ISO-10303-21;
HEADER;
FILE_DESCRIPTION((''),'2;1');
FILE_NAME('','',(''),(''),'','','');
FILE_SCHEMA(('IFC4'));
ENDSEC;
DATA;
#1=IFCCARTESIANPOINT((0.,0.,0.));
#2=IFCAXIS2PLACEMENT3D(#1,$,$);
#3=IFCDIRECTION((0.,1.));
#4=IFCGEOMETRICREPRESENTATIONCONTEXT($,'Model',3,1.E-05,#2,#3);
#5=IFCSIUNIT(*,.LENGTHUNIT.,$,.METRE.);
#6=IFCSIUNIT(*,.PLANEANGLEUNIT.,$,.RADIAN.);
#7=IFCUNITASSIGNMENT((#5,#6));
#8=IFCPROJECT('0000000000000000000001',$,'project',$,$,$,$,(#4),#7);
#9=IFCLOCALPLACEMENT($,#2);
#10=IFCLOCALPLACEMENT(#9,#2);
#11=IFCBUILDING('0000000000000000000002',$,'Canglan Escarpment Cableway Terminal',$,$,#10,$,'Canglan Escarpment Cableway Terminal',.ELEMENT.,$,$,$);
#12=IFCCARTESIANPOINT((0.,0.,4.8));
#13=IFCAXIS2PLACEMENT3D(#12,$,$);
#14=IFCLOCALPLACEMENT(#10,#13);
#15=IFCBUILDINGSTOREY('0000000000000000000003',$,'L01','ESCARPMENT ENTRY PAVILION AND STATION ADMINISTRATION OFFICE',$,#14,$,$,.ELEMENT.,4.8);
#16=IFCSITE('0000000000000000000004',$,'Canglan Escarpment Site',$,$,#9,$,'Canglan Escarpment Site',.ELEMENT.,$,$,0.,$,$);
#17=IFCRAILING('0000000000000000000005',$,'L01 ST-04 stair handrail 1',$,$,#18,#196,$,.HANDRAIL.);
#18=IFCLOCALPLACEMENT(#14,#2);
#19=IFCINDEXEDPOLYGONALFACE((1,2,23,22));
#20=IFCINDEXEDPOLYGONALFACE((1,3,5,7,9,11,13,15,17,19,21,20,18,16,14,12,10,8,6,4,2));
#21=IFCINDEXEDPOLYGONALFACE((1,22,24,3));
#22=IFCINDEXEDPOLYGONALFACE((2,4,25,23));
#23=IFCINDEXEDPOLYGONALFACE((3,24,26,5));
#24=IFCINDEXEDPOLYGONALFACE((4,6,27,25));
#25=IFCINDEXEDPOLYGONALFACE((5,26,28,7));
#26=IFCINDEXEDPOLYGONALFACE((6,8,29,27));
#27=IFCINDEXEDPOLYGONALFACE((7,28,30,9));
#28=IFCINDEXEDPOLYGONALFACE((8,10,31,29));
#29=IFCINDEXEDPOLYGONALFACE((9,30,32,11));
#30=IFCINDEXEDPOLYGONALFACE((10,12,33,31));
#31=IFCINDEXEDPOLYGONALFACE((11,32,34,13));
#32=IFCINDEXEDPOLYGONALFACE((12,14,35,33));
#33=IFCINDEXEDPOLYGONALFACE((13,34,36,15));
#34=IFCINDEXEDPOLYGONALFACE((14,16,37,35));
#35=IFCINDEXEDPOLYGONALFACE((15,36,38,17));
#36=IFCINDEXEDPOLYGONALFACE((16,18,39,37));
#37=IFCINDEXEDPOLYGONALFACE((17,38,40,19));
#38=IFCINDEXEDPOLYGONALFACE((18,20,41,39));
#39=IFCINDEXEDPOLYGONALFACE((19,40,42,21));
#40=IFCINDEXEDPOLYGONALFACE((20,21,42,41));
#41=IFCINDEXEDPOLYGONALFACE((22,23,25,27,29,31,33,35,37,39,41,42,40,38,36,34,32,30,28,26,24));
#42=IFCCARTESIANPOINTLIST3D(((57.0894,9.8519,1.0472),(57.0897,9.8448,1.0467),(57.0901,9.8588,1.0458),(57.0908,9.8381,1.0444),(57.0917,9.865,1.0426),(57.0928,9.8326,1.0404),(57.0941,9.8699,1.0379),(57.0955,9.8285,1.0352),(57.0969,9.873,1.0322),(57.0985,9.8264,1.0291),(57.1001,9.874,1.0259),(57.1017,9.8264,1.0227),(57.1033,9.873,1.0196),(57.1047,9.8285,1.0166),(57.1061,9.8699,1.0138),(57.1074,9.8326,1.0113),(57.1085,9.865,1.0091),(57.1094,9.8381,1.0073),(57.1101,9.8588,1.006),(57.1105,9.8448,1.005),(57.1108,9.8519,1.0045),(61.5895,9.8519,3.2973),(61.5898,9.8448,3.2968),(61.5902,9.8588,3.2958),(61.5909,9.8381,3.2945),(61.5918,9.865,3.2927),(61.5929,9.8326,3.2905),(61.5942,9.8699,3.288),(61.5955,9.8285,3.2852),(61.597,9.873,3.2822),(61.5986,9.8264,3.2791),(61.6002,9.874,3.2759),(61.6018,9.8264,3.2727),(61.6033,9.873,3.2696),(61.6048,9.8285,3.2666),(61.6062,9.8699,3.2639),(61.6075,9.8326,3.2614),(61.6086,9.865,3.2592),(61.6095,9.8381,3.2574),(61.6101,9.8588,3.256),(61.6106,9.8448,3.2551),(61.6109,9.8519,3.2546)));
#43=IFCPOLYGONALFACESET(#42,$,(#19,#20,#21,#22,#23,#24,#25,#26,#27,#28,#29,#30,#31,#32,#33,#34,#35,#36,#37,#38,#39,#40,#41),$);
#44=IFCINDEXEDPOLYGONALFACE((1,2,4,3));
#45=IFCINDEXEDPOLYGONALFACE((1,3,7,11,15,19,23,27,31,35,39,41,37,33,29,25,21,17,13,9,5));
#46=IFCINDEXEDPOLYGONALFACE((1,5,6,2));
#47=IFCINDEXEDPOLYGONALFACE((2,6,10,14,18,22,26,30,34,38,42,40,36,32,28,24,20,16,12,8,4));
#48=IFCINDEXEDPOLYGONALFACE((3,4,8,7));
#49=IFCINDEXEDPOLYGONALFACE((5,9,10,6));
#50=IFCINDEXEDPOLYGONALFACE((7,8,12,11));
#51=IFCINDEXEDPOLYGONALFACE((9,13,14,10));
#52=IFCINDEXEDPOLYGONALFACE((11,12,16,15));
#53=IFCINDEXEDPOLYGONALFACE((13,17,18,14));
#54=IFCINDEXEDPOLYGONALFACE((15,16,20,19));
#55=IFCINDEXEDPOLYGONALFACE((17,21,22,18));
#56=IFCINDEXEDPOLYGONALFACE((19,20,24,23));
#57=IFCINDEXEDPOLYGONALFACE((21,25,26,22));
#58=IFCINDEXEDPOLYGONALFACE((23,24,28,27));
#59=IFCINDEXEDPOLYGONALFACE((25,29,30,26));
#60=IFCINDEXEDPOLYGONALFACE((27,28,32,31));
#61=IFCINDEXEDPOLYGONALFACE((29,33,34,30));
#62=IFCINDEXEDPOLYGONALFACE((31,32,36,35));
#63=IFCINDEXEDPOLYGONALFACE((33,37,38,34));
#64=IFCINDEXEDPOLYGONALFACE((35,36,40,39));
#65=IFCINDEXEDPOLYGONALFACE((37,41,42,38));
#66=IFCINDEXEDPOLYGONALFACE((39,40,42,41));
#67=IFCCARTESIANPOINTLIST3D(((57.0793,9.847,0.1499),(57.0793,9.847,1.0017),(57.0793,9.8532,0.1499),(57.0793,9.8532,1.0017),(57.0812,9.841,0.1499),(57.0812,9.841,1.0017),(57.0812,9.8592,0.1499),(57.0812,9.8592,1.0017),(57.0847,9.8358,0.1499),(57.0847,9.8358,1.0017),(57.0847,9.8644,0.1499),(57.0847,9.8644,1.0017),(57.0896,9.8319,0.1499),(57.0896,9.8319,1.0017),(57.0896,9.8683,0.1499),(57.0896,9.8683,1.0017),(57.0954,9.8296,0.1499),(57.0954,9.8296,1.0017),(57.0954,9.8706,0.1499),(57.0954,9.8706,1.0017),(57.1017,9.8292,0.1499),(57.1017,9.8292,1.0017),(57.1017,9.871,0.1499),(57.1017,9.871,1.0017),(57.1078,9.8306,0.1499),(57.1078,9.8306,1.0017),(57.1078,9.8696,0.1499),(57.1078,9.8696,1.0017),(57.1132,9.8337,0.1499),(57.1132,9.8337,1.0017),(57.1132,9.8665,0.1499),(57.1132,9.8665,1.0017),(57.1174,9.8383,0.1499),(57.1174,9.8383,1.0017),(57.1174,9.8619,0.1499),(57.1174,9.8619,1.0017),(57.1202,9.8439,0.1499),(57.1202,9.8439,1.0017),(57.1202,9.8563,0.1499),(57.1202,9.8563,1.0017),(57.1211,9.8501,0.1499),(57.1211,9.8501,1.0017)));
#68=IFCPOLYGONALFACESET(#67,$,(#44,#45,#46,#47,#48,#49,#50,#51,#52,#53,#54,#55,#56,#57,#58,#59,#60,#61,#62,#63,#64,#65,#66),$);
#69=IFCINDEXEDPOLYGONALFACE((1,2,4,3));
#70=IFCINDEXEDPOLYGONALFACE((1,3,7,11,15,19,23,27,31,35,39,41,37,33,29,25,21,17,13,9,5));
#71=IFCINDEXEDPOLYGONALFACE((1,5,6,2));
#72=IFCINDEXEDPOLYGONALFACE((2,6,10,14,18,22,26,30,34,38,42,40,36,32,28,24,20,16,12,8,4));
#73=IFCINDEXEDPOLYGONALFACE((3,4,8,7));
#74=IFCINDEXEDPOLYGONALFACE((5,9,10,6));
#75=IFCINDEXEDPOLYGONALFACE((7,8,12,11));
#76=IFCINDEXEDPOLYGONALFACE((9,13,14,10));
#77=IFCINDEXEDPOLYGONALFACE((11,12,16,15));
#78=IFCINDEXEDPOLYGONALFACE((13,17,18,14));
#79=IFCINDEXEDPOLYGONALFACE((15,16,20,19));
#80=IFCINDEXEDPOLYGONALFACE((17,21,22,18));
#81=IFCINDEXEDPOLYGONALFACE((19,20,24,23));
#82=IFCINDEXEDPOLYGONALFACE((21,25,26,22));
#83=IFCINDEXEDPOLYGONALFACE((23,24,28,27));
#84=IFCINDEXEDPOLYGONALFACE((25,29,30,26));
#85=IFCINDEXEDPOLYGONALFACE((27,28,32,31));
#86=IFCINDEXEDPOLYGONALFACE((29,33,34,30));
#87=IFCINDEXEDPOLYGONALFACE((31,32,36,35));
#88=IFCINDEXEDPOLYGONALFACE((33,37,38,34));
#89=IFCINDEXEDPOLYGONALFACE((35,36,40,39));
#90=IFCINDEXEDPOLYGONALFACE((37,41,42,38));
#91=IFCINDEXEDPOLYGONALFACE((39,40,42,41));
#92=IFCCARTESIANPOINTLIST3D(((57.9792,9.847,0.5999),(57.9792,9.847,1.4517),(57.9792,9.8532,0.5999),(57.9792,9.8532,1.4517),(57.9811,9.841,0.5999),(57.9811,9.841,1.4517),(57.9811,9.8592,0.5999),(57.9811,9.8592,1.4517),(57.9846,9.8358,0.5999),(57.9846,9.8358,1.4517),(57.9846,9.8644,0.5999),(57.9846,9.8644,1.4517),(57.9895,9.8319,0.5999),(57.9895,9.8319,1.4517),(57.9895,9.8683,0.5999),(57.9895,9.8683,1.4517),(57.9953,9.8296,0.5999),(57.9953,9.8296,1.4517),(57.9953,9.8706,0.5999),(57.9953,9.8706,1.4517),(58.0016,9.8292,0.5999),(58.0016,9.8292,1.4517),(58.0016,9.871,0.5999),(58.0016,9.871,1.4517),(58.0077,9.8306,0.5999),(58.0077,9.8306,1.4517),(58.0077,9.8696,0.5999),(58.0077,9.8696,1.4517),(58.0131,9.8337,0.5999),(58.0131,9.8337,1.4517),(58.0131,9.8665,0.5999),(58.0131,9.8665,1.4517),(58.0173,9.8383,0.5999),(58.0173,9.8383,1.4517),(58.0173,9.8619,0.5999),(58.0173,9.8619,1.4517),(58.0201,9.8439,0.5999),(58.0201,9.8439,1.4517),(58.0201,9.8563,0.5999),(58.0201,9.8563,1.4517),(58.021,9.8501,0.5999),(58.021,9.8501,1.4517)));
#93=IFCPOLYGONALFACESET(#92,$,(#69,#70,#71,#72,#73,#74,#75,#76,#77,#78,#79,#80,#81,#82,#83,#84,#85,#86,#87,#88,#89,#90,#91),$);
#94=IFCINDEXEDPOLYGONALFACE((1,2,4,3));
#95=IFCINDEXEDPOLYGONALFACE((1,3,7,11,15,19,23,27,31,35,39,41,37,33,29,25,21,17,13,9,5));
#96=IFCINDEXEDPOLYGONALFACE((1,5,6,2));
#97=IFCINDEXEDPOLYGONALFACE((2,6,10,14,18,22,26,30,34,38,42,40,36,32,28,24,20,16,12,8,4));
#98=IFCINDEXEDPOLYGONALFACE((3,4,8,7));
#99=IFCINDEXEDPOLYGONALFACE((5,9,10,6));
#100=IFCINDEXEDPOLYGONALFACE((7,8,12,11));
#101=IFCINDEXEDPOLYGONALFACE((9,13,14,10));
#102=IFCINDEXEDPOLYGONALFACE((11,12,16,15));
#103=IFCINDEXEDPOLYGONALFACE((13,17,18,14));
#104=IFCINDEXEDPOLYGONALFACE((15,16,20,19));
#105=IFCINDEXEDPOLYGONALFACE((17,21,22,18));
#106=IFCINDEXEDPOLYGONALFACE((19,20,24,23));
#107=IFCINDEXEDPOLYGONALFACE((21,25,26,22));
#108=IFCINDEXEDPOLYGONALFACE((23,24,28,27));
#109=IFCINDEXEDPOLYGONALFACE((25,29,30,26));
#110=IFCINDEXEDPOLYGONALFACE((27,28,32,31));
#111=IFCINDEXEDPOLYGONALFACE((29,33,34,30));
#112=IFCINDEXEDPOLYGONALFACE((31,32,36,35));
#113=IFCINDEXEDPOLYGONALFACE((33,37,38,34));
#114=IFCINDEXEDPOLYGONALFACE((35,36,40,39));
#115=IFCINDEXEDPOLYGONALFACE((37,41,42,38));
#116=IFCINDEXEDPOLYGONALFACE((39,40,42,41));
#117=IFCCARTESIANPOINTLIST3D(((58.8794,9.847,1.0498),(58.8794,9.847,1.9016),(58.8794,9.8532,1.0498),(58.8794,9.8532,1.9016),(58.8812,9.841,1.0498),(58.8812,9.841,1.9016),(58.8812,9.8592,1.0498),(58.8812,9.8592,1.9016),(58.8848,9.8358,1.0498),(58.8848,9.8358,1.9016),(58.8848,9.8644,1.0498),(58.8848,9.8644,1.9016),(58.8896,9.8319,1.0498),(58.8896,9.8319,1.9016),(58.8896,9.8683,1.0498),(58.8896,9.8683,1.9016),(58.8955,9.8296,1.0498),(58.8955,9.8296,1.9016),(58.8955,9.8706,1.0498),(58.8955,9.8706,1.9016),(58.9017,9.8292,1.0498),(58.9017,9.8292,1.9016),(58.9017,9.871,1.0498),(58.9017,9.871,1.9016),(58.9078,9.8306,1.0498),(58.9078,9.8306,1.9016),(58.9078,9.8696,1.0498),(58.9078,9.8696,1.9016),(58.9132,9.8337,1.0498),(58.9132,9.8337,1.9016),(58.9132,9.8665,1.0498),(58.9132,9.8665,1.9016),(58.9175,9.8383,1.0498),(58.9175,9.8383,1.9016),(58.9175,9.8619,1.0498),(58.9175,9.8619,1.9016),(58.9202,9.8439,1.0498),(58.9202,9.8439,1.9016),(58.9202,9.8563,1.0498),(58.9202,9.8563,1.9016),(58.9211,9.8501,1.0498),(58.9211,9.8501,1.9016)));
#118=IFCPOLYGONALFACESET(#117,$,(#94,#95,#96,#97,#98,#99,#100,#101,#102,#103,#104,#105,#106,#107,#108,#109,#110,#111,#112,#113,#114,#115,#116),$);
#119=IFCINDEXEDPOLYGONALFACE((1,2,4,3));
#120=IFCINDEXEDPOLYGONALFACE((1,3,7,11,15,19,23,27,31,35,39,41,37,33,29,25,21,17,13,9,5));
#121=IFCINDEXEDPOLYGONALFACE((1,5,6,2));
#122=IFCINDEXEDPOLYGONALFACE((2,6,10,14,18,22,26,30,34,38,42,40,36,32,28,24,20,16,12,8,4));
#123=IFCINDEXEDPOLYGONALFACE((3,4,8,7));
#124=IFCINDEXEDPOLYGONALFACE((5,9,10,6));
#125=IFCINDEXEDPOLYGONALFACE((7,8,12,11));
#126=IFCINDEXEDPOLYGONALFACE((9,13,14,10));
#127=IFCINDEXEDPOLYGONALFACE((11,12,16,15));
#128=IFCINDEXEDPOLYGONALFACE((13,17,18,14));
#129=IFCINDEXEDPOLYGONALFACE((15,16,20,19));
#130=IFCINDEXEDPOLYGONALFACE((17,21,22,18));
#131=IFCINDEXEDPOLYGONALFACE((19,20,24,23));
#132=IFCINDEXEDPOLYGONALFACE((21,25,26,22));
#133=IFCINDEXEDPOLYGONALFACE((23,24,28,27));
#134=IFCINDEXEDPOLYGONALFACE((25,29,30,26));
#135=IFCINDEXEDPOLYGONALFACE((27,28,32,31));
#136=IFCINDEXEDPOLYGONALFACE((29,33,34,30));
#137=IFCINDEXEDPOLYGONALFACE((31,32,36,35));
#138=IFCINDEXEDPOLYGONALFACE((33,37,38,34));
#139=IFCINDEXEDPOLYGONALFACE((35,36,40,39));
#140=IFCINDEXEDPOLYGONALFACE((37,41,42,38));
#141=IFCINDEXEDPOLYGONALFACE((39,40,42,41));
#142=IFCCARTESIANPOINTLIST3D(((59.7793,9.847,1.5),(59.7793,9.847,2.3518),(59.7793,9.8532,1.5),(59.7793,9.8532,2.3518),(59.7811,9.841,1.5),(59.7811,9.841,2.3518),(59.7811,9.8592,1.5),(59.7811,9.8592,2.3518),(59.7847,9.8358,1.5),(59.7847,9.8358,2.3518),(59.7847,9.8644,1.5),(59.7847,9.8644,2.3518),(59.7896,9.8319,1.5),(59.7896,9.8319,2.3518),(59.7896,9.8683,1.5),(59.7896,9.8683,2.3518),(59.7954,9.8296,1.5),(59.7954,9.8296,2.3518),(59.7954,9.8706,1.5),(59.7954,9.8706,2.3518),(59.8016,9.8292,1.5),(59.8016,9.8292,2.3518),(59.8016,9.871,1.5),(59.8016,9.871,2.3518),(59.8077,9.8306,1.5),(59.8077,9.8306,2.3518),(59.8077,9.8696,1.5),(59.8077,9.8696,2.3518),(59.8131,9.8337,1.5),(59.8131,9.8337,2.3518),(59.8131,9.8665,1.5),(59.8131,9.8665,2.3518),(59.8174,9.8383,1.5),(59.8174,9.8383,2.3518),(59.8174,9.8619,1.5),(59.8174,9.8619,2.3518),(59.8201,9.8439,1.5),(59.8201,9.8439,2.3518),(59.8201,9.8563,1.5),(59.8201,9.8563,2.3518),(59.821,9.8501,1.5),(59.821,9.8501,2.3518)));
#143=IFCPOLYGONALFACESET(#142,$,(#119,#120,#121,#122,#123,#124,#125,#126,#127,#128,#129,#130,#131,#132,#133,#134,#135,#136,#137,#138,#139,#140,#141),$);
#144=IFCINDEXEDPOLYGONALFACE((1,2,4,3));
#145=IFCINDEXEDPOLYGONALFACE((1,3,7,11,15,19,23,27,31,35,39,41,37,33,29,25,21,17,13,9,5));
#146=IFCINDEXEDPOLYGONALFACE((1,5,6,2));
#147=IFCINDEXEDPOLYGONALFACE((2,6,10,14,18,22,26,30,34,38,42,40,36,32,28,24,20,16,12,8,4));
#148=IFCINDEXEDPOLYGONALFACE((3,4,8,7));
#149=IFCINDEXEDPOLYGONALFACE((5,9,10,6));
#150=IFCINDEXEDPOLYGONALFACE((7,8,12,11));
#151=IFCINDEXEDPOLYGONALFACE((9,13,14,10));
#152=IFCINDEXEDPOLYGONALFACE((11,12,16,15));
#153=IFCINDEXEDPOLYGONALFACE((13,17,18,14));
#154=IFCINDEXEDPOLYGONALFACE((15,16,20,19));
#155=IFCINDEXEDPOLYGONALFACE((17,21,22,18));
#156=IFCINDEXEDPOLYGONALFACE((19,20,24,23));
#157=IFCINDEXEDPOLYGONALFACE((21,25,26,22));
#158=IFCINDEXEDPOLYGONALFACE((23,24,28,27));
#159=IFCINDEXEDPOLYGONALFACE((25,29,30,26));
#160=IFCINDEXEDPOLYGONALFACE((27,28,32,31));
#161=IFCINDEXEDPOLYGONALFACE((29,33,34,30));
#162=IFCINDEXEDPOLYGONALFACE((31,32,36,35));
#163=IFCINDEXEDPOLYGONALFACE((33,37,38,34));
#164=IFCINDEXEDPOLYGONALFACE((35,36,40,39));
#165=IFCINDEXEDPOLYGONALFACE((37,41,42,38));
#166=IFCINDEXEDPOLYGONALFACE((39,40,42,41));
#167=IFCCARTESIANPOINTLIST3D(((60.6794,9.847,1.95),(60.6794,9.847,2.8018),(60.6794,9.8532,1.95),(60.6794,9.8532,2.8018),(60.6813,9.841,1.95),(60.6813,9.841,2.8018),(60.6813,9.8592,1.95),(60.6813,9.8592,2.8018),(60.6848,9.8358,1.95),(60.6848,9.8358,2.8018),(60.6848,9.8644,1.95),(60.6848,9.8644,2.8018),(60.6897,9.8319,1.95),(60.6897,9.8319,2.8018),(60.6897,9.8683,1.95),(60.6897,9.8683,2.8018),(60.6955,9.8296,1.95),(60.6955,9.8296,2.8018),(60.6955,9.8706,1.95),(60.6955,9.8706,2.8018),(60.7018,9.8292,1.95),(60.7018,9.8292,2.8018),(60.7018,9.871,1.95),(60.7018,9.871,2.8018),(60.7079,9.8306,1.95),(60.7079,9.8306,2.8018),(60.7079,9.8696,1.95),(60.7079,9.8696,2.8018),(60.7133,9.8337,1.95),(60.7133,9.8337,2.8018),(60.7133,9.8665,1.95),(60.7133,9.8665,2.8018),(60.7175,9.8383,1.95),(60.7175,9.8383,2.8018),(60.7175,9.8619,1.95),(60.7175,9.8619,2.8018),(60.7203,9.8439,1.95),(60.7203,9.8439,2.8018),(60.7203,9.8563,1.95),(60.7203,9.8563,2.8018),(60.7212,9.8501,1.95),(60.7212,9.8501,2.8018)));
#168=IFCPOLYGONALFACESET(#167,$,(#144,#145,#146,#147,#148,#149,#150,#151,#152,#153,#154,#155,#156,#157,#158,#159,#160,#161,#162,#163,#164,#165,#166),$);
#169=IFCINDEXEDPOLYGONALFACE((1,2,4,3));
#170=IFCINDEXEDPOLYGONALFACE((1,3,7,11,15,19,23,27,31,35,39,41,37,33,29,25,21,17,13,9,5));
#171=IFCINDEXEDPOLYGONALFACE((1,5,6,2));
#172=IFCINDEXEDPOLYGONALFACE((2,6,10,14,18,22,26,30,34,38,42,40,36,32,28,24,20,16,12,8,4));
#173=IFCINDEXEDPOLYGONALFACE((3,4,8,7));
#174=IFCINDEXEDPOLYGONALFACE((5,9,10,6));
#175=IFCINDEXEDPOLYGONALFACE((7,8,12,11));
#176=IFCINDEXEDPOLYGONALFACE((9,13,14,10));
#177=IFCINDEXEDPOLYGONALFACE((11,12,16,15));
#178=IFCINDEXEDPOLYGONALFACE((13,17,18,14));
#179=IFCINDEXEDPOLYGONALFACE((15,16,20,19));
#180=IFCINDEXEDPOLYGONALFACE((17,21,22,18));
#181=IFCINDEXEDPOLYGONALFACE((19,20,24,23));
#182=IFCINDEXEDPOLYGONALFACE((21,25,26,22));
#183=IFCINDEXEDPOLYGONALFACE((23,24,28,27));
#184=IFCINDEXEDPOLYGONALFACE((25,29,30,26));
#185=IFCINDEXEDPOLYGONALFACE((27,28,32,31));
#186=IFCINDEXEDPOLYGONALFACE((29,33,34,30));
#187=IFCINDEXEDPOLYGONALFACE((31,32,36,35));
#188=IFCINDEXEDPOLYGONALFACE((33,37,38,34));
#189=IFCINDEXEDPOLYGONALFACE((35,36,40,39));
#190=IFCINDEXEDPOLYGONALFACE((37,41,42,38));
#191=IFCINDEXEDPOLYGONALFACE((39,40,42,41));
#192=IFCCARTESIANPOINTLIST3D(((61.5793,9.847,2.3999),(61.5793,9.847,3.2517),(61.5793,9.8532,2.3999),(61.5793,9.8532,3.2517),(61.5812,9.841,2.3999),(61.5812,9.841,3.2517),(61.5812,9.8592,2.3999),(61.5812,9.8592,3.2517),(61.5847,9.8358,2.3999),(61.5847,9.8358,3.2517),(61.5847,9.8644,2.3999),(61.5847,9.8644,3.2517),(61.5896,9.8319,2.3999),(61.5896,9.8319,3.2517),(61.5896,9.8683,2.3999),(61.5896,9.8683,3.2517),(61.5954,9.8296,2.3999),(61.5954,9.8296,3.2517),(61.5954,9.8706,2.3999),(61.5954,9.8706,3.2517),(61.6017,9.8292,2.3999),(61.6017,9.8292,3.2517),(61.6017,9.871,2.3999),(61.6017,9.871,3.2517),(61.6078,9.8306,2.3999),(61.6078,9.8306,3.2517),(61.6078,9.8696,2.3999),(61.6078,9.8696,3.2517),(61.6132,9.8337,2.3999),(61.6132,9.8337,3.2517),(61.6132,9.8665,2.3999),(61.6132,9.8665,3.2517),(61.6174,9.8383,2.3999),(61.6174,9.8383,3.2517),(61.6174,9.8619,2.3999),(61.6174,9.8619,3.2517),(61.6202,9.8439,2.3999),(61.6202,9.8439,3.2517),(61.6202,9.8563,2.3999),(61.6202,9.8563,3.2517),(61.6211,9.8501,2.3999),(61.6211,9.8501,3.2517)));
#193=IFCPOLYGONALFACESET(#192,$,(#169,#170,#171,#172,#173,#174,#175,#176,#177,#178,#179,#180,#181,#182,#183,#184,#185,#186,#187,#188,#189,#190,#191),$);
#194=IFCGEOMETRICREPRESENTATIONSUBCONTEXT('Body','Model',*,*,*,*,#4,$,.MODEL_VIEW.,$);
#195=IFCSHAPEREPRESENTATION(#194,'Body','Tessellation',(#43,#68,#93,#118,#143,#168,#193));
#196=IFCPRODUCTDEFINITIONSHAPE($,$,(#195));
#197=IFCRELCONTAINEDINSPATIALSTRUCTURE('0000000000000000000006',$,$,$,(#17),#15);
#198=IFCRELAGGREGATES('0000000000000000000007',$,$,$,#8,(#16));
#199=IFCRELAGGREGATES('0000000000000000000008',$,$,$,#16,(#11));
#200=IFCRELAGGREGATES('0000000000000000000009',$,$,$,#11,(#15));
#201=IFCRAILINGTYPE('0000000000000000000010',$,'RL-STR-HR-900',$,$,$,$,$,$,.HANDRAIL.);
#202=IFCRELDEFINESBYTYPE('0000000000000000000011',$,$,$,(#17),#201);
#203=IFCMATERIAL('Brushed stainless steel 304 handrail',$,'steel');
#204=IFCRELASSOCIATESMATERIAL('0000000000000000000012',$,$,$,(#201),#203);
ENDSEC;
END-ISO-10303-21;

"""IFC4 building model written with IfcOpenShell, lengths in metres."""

from ifc_helpers import new_model, si_unit, direction, frame, origin, origin_2d, place, context, subcontext, project, spatial, circle, extrude, material, type_object, element, save


model = new_model("IFC4")

# Units and contexts
model_context = context("Model", 3, precision=1e-05, world=origin(), true_north=direction((0.0, 1.0)))
body_context = subcontext(model_context, "Body", "Model", "MODEL_VIEW")
ifc_project = project(units=[si_unit("LENGTHUNIT", "METRE"), si_unit("PLANEANGLEUNIT", "RADIAN")], contexts=[model_context])

# Site, building, storey
site_placement = place(None, origin())
site = spatial("IfcSite", under=ifc_project, at=site_placement, Name="Canglan Escarpment Site", LongName="Canglan Escarpment Site", CompositionType="ELEMENT", RefElevation=0.0)
building_placement = place(site_placement, origin())
building = spatial("IfcBuilding", under=site, at=building_placement, Name="Canglan Escarpment Cableway Terminal", LongName="Canglan Escarpment Cableway Terminal", CompositionType="ELEMENT")
storey_placement = place(building_placement, frame((0.0, 0.0, 4.8)))
storey = spatial("IfcBuildingStorey", under=building, at=storey_placement, Name="L01", Description="ESCARPMENT ENTRY PAVILION AND STATION ADMINISTRATION OFFICE", CompositionType="ELEMENT", Elevation=4.8)

# Railing
ifc_material_1 = material(Name="Brushed stainless steel 304 handrail", Category="steel")
railing_type_1 = type_object("IfcRailingType", Name="RL-STR-HR-900", PredefinedType="HANDRAIL", material=ifc_material_1)
for number, where, name in (
    (1, (57.1001, 9.8501, 0.1499), "L01 ST-04 stair handrail 1"),
):
    element("IfcRailing", number, at=place(storey_placement, frame(where)), inside=storey, type_object=railing_type_1, Name=name, PredefinedType="HANDRAIL", context=body_context, shape_type="SweptSolid", body=[
        extrude(circle(Radius=0.0239, at=origin_2d()), frame((0.0, 0.0, 0.876), z_axis=(0.894427, 0.0, 0.447214), x_axis=(0.0, 1.0, 0.0)), (0.0, 0.0, 1.0), 5.0312),
        extrude(circle(Radius=0.021, at=origin_2d()), origin(), (0.0, 0.0, 1.0), 0.8518),
        extrude(circle(Radius=0.021, at=origin_2d()), frame((0.8999, 0.0, 0.45)), (0.0, 0.0, 1.0), 0.8518),
        extrude(circle(Radius=0.021, at=origin_2d()), frame((1.8, 0.0, 0.8999)), (0.0, 0.0, 1.0), 0.8518),
        extrude(circle(Radius=0.021, at=origin_2d()), frame((2.7, 0.0, 1.3501)), (0.0, 0.0, 1.0), 0.8518),
        extrude(circle(Radius=0.021, at=origin_2d()), frame((3.6001, 0.0, 1.8)), (0.0, 0.0, 1.0), 0.8518),
        extrude(circle(Radius=0.021, at=origin_2d()), frame((4.5, 0.0, 2.25)), (0.0, 0.0, 1.0), 0.8518),
    ])

save(model, "model.ifc")
